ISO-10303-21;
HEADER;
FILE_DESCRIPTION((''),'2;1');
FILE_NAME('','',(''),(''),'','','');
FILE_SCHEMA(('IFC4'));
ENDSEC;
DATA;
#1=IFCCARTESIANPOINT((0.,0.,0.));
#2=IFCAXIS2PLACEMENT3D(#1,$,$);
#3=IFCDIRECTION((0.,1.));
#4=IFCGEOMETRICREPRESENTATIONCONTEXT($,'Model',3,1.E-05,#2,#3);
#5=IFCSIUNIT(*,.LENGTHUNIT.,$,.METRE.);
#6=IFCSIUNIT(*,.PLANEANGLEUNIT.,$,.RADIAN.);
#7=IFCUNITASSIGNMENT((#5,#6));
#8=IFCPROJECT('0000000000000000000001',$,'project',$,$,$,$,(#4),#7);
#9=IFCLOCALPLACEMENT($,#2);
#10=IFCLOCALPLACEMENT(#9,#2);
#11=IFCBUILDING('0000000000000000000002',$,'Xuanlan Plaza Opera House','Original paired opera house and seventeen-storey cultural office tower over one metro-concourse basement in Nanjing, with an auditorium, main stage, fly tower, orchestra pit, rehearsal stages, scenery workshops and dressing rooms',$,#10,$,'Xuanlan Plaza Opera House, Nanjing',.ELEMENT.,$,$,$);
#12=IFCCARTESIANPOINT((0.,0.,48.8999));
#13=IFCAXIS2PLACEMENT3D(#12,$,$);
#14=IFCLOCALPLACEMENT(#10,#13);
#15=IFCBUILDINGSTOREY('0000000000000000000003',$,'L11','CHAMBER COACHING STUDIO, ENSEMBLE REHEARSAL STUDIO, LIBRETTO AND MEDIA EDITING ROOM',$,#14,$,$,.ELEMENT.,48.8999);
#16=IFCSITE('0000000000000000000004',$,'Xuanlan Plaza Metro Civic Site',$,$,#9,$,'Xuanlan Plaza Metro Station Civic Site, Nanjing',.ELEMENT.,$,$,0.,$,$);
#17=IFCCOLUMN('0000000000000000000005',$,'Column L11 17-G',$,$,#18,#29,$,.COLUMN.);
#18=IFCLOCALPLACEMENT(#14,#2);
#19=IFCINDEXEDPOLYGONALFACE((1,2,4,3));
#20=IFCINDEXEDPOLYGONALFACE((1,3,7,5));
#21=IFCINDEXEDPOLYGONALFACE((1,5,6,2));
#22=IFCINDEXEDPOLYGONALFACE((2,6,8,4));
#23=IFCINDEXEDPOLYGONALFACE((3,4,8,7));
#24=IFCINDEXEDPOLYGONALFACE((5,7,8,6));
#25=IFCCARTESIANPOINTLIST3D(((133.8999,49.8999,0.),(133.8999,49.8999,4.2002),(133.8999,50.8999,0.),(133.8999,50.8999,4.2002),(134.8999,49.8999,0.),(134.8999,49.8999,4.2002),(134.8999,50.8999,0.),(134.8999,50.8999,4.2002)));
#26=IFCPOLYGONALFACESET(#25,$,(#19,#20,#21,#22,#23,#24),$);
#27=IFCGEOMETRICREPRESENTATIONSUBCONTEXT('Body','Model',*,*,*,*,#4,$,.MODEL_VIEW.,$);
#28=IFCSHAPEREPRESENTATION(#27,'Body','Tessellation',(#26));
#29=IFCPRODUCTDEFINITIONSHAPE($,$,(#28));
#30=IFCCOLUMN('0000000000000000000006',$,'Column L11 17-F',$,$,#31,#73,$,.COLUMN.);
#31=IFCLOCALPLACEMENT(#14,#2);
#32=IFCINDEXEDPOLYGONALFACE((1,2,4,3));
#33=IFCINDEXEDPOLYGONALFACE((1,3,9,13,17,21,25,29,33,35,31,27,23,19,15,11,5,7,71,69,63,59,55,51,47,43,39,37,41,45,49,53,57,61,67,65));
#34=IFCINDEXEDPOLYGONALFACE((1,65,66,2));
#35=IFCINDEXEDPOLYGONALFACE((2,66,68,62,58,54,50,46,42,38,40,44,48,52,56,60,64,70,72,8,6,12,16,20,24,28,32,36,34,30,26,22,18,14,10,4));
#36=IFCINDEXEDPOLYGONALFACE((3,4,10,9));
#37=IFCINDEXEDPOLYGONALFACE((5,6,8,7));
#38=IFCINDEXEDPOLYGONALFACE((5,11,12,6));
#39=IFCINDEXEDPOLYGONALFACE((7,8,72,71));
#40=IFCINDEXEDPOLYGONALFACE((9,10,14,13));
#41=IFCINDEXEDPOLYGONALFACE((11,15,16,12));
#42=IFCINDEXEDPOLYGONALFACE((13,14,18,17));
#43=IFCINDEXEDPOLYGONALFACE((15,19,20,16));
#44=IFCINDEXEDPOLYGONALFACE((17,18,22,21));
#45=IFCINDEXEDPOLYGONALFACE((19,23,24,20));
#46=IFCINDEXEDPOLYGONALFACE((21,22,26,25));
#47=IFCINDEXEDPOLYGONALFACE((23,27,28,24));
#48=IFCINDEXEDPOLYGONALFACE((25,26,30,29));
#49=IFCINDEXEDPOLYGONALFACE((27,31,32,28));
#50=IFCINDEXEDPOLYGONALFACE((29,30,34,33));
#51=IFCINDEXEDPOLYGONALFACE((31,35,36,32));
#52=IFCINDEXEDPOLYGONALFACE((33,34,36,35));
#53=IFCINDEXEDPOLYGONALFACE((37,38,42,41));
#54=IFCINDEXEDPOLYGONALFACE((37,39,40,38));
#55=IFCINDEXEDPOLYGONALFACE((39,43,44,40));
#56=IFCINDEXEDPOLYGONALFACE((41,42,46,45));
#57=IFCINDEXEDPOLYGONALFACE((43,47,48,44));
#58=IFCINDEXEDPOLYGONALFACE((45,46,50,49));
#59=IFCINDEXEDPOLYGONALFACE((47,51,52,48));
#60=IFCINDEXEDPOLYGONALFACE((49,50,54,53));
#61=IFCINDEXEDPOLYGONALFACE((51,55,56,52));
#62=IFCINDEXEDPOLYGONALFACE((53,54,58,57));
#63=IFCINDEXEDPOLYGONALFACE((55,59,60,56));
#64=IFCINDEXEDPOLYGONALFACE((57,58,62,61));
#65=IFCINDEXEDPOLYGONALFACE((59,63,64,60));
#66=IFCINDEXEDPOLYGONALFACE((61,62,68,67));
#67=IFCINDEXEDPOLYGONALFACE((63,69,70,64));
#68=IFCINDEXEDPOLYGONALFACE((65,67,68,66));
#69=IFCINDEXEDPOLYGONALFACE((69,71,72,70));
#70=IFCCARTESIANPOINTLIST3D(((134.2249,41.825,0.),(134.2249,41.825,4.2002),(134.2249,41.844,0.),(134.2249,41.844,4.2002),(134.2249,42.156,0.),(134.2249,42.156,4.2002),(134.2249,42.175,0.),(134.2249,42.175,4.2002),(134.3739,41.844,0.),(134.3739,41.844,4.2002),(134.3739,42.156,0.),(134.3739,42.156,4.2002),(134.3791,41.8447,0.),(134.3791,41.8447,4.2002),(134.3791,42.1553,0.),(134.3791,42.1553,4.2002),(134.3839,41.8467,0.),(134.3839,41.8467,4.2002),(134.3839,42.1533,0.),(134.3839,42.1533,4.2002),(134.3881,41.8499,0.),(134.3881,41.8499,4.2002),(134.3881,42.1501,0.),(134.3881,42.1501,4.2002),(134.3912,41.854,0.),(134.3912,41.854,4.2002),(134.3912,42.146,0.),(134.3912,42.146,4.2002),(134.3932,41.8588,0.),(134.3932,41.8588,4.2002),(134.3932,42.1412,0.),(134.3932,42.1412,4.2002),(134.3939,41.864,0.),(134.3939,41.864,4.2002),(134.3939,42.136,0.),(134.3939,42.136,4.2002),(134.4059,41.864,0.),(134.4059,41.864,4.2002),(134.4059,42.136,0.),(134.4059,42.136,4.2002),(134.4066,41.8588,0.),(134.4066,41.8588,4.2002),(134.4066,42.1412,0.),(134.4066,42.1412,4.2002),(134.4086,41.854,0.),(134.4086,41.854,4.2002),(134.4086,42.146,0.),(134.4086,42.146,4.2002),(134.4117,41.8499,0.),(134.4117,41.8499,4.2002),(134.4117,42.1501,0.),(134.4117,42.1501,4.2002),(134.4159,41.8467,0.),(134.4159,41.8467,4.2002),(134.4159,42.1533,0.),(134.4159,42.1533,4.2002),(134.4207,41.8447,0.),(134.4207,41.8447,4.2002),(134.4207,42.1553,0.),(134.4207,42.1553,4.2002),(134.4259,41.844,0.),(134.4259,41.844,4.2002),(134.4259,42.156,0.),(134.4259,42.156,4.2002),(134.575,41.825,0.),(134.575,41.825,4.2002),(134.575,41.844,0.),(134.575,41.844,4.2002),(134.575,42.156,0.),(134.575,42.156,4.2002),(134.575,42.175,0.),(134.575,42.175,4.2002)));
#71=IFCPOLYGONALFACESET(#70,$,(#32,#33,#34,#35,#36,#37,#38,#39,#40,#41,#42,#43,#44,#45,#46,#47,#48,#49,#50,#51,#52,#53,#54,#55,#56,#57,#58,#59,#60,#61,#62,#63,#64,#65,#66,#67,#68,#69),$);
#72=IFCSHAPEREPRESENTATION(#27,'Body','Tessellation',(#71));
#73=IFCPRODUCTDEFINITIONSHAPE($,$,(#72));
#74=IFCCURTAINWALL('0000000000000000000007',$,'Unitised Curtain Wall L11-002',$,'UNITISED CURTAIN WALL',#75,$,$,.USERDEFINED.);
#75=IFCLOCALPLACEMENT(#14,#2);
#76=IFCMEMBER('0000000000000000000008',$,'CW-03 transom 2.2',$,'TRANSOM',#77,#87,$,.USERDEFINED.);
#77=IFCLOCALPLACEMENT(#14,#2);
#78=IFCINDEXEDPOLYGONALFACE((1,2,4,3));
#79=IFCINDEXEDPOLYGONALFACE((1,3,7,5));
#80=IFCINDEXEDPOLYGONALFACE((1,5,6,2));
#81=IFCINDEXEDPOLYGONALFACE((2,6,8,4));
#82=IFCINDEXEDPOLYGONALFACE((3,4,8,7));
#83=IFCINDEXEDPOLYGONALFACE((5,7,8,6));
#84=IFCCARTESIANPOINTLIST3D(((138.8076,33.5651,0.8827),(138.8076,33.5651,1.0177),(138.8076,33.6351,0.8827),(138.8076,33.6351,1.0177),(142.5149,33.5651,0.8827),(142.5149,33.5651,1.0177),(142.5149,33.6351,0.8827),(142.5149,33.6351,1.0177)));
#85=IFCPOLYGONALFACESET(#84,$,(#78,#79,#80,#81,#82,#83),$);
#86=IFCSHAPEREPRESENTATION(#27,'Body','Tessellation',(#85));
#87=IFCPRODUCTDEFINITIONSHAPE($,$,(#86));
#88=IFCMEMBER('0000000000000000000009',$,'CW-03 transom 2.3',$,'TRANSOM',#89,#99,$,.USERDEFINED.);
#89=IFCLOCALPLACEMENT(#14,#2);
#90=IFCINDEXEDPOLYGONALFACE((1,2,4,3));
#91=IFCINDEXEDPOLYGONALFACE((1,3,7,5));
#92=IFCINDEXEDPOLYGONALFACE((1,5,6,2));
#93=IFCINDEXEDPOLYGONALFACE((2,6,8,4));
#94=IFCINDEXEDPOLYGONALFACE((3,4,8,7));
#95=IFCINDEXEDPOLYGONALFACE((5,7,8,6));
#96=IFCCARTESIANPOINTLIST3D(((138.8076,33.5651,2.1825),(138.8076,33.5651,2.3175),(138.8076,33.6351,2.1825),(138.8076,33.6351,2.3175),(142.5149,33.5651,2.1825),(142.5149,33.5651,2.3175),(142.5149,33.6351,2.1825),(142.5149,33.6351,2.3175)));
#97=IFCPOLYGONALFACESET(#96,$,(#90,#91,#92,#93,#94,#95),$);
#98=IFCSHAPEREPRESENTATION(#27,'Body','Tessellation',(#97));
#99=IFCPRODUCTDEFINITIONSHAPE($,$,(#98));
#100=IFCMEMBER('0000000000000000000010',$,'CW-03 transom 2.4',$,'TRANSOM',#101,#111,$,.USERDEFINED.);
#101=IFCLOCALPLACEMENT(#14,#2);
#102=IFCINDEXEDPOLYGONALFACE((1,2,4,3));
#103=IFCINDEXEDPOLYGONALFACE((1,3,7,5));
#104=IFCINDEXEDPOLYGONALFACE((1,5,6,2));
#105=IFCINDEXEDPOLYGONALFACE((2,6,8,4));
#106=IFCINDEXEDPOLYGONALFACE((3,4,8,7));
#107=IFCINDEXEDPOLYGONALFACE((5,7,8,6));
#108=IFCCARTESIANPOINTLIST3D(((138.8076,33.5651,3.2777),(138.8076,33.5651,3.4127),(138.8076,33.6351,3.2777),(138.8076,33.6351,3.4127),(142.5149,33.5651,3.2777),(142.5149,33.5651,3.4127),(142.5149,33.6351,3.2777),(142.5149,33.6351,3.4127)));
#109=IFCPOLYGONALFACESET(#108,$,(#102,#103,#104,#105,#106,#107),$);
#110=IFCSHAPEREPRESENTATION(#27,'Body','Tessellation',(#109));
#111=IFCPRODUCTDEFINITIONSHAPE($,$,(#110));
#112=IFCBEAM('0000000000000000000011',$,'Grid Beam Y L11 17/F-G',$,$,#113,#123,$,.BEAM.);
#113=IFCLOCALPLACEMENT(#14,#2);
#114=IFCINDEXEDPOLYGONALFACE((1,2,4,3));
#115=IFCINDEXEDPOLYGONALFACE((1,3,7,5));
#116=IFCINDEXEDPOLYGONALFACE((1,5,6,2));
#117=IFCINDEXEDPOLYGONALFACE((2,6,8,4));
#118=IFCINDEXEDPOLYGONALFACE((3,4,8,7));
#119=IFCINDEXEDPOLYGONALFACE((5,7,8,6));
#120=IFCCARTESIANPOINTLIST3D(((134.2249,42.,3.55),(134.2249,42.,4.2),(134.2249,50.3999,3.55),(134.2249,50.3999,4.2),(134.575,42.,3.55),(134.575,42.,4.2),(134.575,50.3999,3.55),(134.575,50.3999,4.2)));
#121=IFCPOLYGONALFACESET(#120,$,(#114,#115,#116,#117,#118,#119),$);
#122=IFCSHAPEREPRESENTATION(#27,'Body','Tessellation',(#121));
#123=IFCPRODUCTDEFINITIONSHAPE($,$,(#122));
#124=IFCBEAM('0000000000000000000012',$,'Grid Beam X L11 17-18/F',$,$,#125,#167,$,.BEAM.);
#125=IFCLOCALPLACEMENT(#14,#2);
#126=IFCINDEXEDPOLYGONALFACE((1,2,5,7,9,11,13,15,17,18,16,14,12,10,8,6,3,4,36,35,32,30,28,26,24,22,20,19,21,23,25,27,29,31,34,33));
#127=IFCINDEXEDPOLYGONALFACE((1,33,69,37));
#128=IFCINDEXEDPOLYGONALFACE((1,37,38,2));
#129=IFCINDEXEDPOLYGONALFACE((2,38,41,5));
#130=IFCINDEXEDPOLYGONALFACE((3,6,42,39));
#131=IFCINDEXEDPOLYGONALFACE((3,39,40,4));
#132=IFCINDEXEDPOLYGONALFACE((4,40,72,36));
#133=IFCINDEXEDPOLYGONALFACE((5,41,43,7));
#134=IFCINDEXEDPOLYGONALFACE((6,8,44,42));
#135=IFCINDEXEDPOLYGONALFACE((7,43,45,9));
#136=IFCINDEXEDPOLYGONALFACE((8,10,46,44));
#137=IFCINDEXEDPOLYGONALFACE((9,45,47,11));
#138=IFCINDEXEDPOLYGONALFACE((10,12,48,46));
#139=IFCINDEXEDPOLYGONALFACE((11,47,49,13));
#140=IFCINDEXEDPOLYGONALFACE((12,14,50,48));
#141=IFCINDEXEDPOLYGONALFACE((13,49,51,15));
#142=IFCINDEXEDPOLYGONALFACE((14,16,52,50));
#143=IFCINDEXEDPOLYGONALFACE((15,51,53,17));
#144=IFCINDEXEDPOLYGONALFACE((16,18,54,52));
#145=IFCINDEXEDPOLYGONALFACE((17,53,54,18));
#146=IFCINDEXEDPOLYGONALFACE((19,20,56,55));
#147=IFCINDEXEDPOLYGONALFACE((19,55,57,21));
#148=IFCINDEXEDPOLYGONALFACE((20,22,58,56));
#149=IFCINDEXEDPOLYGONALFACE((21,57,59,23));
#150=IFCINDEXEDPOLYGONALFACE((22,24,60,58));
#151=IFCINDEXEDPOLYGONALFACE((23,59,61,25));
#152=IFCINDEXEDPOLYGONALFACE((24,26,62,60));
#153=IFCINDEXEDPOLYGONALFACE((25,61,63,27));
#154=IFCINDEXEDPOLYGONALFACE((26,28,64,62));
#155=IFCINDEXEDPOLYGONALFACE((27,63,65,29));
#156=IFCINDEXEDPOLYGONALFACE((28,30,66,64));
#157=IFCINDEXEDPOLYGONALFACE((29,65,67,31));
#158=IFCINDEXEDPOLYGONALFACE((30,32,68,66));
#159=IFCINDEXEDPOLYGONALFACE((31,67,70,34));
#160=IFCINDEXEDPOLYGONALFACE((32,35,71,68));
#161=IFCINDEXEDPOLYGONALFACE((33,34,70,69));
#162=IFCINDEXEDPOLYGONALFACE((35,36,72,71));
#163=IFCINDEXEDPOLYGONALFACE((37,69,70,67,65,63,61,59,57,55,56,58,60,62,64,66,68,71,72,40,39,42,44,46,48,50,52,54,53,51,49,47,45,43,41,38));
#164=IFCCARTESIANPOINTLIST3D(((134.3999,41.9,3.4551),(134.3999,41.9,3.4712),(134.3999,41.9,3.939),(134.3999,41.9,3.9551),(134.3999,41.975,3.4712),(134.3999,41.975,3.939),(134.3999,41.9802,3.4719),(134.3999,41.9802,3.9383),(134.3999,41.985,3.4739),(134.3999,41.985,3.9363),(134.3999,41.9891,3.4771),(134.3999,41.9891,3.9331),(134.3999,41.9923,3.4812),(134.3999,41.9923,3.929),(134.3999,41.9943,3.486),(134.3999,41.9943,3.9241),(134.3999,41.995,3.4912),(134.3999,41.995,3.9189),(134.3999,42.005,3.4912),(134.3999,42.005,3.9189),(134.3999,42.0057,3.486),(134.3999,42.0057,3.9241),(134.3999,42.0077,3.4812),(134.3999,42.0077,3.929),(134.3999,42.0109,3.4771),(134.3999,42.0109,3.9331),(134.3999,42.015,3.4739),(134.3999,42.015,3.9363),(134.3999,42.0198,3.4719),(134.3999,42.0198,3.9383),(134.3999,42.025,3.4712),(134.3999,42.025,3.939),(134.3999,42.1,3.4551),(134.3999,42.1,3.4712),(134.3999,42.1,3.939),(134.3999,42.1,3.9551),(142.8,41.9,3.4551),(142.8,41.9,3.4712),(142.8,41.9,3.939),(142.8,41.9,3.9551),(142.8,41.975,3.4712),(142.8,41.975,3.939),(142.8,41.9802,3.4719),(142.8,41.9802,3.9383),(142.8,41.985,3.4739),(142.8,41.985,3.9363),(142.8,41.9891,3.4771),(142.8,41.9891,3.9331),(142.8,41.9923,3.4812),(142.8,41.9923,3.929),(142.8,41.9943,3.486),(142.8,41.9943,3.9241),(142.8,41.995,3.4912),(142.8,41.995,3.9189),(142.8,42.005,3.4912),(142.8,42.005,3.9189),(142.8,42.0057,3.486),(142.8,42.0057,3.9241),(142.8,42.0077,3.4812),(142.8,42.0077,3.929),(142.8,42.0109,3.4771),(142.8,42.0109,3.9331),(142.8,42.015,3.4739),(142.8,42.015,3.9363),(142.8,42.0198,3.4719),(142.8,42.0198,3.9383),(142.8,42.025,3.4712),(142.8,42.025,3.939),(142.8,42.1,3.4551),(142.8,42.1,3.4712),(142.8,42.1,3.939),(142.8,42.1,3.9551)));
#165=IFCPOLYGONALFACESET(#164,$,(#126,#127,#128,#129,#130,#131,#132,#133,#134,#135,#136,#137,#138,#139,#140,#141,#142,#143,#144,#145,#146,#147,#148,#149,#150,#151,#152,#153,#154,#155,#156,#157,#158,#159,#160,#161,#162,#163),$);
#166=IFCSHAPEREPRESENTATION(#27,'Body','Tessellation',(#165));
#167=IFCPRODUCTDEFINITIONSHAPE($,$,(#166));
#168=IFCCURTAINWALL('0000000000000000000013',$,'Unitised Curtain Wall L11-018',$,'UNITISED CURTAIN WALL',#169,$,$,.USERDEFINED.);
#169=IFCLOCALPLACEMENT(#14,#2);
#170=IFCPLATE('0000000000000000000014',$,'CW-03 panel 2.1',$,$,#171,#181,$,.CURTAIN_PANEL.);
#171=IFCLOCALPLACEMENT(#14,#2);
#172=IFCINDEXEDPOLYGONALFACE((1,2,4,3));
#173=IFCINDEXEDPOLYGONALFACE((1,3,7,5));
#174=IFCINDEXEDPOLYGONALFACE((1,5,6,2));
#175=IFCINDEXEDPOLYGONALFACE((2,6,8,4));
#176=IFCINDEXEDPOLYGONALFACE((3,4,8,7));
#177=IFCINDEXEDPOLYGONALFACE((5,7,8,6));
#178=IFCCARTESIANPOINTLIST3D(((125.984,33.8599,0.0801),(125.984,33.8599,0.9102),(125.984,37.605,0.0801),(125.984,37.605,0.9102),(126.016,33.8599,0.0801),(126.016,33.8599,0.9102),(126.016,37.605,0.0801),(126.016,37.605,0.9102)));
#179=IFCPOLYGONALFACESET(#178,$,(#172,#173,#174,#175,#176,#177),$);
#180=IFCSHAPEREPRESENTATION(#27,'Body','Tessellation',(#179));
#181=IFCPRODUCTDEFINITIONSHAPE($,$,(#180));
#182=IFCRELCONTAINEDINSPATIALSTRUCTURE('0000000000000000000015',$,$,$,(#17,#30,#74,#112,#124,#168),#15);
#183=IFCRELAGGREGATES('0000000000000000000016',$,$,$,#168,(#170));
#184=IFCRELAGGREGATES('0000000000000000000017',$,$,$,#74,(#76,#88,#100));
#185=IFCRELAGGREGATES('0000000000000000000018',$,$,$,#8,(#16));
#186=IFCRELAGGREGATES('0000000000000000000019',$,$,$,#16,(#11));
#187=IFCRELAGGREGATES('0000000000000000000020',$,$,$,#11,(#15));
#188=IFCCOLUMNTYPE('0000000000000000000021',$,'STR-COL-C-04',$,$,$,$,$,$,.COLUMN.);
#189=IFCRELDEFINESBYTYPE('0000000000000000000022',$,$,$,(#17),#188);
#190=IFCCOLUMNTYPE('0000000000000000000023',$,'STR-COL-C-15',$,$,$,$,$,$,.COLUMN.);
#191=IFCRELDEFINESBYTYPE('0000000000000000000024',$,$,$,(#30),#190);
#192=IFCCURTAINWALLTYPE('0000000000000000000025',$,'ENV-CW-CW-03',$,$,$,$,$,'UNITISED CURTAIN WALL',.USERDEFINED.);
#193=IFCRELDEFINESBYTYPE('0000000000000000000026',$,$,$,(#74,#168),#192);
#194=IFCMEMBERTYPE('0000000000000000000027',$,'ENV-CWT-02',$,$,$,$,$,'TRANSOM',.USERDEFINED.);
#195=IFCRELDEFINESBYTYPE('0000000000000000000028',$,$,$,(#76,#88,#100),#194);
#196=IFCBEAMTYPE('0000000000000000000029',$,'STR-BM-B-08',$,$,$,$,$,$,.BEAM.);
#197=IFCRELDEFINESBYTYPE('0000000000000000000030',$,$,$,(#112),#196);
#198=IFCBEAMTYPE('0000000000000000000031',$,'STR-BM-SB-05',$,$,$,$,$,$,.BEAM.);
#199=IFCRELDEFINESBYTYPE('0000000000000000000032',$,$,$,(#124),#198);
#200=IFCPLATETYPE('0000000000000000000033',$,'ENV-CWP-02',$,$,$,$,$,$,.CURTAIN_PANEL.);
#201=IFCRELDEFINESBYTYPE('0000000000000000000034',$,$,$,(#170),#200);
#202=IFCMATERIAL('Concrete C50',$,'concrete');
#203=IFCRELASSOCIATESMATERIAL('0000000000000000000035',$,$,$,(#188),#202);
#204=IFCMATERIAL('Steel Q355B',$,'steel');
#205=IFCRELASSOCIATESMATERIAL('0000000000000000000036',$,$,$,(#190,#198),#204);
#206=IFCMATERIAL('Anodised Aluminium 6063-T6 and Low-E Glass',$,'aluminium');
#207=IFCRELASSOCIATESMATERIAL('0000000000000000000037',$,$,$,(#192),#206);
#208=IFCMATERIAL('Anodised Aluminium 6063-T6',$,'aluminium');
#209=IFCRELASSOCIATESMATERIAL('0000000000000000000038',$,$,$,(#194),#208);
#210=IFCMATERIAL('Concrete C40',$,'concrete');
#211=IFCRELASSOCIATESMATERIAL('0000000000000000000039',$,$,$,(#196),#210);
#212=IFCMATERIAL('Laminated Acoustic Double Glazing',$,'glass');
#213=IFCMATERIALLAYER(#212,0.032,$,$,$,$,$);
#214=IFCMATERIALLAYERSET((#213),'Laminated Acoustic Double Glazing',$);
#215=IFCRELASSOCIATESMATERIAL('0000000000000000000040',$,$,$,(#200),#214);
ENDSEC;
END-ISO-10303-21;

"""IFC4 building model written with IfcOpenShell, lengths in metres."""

from ifc_helpers import new_model, si_unit, direction, frame, origin, origin_2d, place, context, subcontext, project, spatial, rectangle, i_section, extrude, material, layer, layer_set, material_profile, profile_set, type_object, element, aggregate, save


model = new_model("IFC4")

# Units and contexts
model_context = context("Model", 3, precision=1e-05, world=origin(), true_north=direction((0.0, 1.0)))
body_context = subcontext(model_context, "Body", "Model", "MODEL_VIEW")
ifc_project = project(units=[si_unit("LENGTHUNIT", "METRE"), si_unit("PLANEANGLEUNIT", "RADIAN")], contexts=[model_context])

# Site, building, storey
site_placement = place(None, origin())
site = spatial("IfcSite", under=ifc_project, at=site_placement, Name="Xuanlan Plaza Metro Civic Site", LongName="Xuanlan Plaza Metro Station Civic Site, Nanjing", CompositionType="ELEMENT", RefElevation=0.0)
building_placement = place(site_placement, origin())
building = spatial("IfcBuilding", under=site, at=building_placement, Name="Xuanlan Plaza Opera House", Description="Original paired opera house and seventeen-storey cultural office tower over one metro-concourse basement in Nanjing, with an auditorium, main stage, fly tower, orchestra pit, rehearsal stages, scenery workshops and dressing rooms", LongName="Xuanlan Plaza Opera House, Nanjing", CompositionType="ELEMENT")
storey_placement = place(building_placement, frame((0.0, 0.0, 48.8999)))
storey = spatial("IfcBuildingStorey", under=building, at=storey_placement, Name="L11", Description="CHAMBER COACHING STUDIO, ENSEMBLE REHEARSAL STUDIO, LIBRETTO AND MEDIA EDITING ROOM", CompositionType="ELEMENT", Elevation=48.8999)

# Columns
ifc_material_1 = material(Name="Concrete C50", Category="concrete")
ifc_material_profile_1 = material_profile(ifc_material_1, rectangle(XDim=1.0, YDim=1.0, at=origin_2d()), Name="RC-COL 1000x1000")
ifc_profile_set_1 = profile_set([ifc_material_profile_1], Name="Concrete C50")
column_type_1 = type_object("IfcColumnType", Name="STR-COL-C-04", PredefinedType="COLUMN", material=ifc_profile_set_1)
column_1_placement = place(storey_placement, frame((134.3999, 50.3999, 0.0), z_axis=(0.0, 0.0, 1.0), x_axis=(1.0, 0.0, 0.0)))
element("IfcColumn", 1, at=column_1_placement, inside=storey, type_object=column_type_1, Name="Column L11 17-G", PredefinedType="COLUMN", context=body_context, shape_type="SweptSolid", body=[
    extrude(rectangle(XDim=1.0, YDim=1.0, at=origin_2d()), origin(), (0.0, 0.0, 1.0), 4.2002),
])
ifc_material_2 = material(Name="Steel Q355B", Category="steel")
ifc_material_profile_2 = material_profile(ifc_material_2, i_section(OverallWidth=0.3501, OverallDepth=0.3501, WebThickness=0.012, FlangeThickness=0.019, FilletRadius=0.02, at=origin_2d()), Name="HW 350x350x12x19")
ifc_profile_set_2 = profile_set([ifc_material_profile_2], Name="Steel Q355B")
column_type_2 = type_object("IfcColumnType", Name="STR-COL-C-15", PredefinedType="COLUMN", material=ifc_profile_set_2)
column_2_placement = place(storey_placement, frame((134.3999, 42.0, 0.0), z_axis=(0.0, 0.0, 1.0), x_axis=(1.0, 0.0, 0.0)))
element("IfcColumn", 2, at=column_2_placement, inside=storey, type_object=column_type_2, Name="Column L11 17-F", PredefinedType="COLUMN", context=body_context, shape_type="SweptSolid", body=[
    extrude(i_section(OverallWidth=0.3501, OverallDepth=0.3501, WebThickness=0.012, FlangeThickness=0.019, FilletRadius=0.02, at=origin_2d()), origin(), (0.0, 0.0, 1.0), 4.2002),
])

# Curtain wall, members
ifc_material_3 = material(Name="Anodised Aluminium 6063-T6 and Low-E Glass", Category="aluminium")
curtain_wall_type = type_object("IfcCurtainWallType", Name="ENV-CW-CW-03", ElementType="UNITISED CURTAIN WALL", PredefinedType="USERDEFINED", material=ifc_material_3)
curtain_wall_1_placement = place(storey_placement, origin())
curtain_wall_1 = element("IfcCurtainWall", 3, at=curtain_wall_1_placement, inside=storey, type_object=curtain_wall_type, Name="Unitised Curtain Wall L11-002", ObjectType="UNITISED CURTAIN WALL", PredefinedType="USERDEFINED")
ifc_material_4 = material(Name="Anodised Aluminium 6063-T6", Category="aluminium")
ifc_material_profile_3 = material_profile(ifc_material_4, rectangle(XDim=0.0701, YDim=0.135, at=origin_2d()), Name="ALU-T 70x135")
ifc_profile_set_3 = profile_set([ifc_material_profile_3], Name="Anodised Aluminium 6063-T6")
member_type = type_object("IfcMemberType", Name="ENV-CWT-02", ElementType="TRANSOM", PredefinedType="USERDEFINED", material=ifc_profile_set_3)
member_1_placement = place(storey_placement, frame((138.8076, 33.6001, 0.9502), z_axis=(1.0, 0.0, 0.0), x_axis=(0.0, 1.0, 0.0)))
member_1 = element("IfcMember", 4, at=member_1_placement, type_object=member_type, Name="CW-03 transom 2.2", ObjectType="TRANSOM", PredefinedType="USERDEFINED", context=body_context, shape_type="SweptSolid", body=[
    extrude(rectangle(XDim=0.0701, YDim=0.135, at=origin_2d()), origin(), (0.0, 0.0, 1.0), 3.7073),
])
member_2_placement = place(storey_placement, frame((138.8076, 33.6001, 2.25), z_axis=(1.0, 0.0, 0.0), x_axis=(0.0, 1.0, 0.0)))
member_2 = element("IfcMember", 5, at=member_2_placement, type_object=member_type, Name="CW-03 transom 2.3", ObjectType="TRANSOM", PredefinedType="USERDEFINED", context=body_context, shape_type="SweptSolid", body=[
    extrude(rectangle(XDim=0.0701, YDim=0.135, at=origin_2d()), origin(), (0.0, 0.0, 1.0), 3.7073),
])
member_3_placement = place(storey_placement, frame((138.8076, 33.6001, 3.3452), z_axis=(1.0, 0.0, 0.0), x_axis=(0.0, 1.0, 0.0)))
member_3 = element("IfcMember", 6, at=member_3_placement, type_object=member_type, Name="CW-03 transom 2.4", ObjectType="TRANSOM", PredefinedType="USERDEFINED", context=body_context, shape_type="SweptSolid", body=[
    extrude(rectangle(XDim=0.0701, YDim=0.135, at=origin_2d()), origin(), (0.0, 0.0, 1.0), 3.7073),
])

# Beams
ifc_material_5 = material(Name="Concrete C40", Category="concrete")
ifc_material_profile_4 = material_profile(ifc_material_5, rectangle(XDim=0.3501, YDim=0.6499, at=origin_2d()), Name="RC-BM 350x650")
ifc_profile_set_4 = profile_set([ifc_material_profile_4], Name="Concrete C40")
beam_type_1 = type_object("IfcBeamType", Name="STR-BM-B-08", PredefinedType="BEAM", material=ifc_profile_set_4)
beam_1_placement = place(storey_placement, frame((134.3999, 42.0, 3.875), z_axis=(0.0, 1.0, 0.0), x_axis=(-1.0, 0.0, 0.0)))
element("IfcBeam", 7, at=beam_1_placement, inside=storey, type_object=beam_type_1, Name="Grid Beam Y L11 17/F-G", PredefinedType="BEAM", context=body_context, shape_type="SweptSolid", body=[
    extrude(rectangle(XDim=0.3501, YDim=0.6499, at=origin_2d()), origin(), (0.0, 0.0, 1.0), 8.3999),
])
ifc_material_profile_5 = material_profile(ifc_material_2, i_section(OverallWidth=0.2, OverallDepth=0.5, WebThickness=0.01, FlangeThickness=0.0161, FilletRadius=0.02, at=origin_2d()), Name="HN 500x200x10x16")
ifc_profile_set_5 = profile_set([ifc_material_profile_5], Name="Steel Q355B")
beam_type_2 = type_object("IfcBeamType", Name="STR-BM-SB-05", PredefinedType="BEAM", material=ifc_profile_set_5)
beam_2_placement = place(storey_placement, frame((134.3999, 42.0, 3.7051), z_axis=(1.0, 0.0, 0.0), x_axis=(0.0, 1.0, 0.0)))
element("IfcBeam", 8, at=beam_2_placement, inside=storey, type_object=beam_type_2, Name="Grid Beam X L11 17-18/F", PredefinedType="BEAM", context=body_context, shape_type="SweptSolid", body=[
    extrude(i_section(OverallWidth=0.2, OverallDepth=0.5, WebThickness=0.01, FlangeThickness=0.0161, FilletRadius=0.02, at=origin_2d()), origin(), (0.0, 0.0, 1.0), 8.4001),
])

# Curtain wall, plate
curtain_wall_2_placement = place(storey_placement, origin())
curtain_wall_2 = element("IfcCurtainWall", 9, at=curtain_wall_2_placement, inside=storey, type_object=curtain_wall_type, Name="Unitised Curtain Wall L11-018", ObjectType="UNITISED CURTAIN WALL", PredefinedType="USERDEFINED")
ifc_material_6 = material(Name="Laminated Acoustic Double Glazing", Category="glass")
ifc_layer_1 = layer(ifc_material_6, 0.032)
ifc_layer_set_1 = layer_set([ifc_layer_1], Name="Laminated Acoustic Double Glazing")
plate_type_1 = type_object("IfcPlateType", Name="ENV-CWP-02", PredefinedType="CURTAIN_PANEL", material=ifc_layer_set_1)
plate_1_placement = place(storey_placement, frame((126.0, 35.7324, 0.0801), z_axis=(0.0, 0.0, 1.0), x_axis=(0.0, -1.0, 0.0)))
plate_1 = element("IfcPlate", 10, at=plate_1_placement, type_object=plate_type_1, Name="CW-03 panel 2.1", PredefinedType="CURTAIN_PANEL", context=body_context, shape_type="SweptSolid", body=[
    extrude(rectangle(XDim=3.7451, YDim=0.032, at=origin_2d()), origin(), (0.0, 0.0, 1.0), 0.8301),
])
aggregate(curtain_wall_2, [plate_1])

aggregate(curtain_wall_1, [member_1, member_2, member_3])

save(model, "model.ifc")
